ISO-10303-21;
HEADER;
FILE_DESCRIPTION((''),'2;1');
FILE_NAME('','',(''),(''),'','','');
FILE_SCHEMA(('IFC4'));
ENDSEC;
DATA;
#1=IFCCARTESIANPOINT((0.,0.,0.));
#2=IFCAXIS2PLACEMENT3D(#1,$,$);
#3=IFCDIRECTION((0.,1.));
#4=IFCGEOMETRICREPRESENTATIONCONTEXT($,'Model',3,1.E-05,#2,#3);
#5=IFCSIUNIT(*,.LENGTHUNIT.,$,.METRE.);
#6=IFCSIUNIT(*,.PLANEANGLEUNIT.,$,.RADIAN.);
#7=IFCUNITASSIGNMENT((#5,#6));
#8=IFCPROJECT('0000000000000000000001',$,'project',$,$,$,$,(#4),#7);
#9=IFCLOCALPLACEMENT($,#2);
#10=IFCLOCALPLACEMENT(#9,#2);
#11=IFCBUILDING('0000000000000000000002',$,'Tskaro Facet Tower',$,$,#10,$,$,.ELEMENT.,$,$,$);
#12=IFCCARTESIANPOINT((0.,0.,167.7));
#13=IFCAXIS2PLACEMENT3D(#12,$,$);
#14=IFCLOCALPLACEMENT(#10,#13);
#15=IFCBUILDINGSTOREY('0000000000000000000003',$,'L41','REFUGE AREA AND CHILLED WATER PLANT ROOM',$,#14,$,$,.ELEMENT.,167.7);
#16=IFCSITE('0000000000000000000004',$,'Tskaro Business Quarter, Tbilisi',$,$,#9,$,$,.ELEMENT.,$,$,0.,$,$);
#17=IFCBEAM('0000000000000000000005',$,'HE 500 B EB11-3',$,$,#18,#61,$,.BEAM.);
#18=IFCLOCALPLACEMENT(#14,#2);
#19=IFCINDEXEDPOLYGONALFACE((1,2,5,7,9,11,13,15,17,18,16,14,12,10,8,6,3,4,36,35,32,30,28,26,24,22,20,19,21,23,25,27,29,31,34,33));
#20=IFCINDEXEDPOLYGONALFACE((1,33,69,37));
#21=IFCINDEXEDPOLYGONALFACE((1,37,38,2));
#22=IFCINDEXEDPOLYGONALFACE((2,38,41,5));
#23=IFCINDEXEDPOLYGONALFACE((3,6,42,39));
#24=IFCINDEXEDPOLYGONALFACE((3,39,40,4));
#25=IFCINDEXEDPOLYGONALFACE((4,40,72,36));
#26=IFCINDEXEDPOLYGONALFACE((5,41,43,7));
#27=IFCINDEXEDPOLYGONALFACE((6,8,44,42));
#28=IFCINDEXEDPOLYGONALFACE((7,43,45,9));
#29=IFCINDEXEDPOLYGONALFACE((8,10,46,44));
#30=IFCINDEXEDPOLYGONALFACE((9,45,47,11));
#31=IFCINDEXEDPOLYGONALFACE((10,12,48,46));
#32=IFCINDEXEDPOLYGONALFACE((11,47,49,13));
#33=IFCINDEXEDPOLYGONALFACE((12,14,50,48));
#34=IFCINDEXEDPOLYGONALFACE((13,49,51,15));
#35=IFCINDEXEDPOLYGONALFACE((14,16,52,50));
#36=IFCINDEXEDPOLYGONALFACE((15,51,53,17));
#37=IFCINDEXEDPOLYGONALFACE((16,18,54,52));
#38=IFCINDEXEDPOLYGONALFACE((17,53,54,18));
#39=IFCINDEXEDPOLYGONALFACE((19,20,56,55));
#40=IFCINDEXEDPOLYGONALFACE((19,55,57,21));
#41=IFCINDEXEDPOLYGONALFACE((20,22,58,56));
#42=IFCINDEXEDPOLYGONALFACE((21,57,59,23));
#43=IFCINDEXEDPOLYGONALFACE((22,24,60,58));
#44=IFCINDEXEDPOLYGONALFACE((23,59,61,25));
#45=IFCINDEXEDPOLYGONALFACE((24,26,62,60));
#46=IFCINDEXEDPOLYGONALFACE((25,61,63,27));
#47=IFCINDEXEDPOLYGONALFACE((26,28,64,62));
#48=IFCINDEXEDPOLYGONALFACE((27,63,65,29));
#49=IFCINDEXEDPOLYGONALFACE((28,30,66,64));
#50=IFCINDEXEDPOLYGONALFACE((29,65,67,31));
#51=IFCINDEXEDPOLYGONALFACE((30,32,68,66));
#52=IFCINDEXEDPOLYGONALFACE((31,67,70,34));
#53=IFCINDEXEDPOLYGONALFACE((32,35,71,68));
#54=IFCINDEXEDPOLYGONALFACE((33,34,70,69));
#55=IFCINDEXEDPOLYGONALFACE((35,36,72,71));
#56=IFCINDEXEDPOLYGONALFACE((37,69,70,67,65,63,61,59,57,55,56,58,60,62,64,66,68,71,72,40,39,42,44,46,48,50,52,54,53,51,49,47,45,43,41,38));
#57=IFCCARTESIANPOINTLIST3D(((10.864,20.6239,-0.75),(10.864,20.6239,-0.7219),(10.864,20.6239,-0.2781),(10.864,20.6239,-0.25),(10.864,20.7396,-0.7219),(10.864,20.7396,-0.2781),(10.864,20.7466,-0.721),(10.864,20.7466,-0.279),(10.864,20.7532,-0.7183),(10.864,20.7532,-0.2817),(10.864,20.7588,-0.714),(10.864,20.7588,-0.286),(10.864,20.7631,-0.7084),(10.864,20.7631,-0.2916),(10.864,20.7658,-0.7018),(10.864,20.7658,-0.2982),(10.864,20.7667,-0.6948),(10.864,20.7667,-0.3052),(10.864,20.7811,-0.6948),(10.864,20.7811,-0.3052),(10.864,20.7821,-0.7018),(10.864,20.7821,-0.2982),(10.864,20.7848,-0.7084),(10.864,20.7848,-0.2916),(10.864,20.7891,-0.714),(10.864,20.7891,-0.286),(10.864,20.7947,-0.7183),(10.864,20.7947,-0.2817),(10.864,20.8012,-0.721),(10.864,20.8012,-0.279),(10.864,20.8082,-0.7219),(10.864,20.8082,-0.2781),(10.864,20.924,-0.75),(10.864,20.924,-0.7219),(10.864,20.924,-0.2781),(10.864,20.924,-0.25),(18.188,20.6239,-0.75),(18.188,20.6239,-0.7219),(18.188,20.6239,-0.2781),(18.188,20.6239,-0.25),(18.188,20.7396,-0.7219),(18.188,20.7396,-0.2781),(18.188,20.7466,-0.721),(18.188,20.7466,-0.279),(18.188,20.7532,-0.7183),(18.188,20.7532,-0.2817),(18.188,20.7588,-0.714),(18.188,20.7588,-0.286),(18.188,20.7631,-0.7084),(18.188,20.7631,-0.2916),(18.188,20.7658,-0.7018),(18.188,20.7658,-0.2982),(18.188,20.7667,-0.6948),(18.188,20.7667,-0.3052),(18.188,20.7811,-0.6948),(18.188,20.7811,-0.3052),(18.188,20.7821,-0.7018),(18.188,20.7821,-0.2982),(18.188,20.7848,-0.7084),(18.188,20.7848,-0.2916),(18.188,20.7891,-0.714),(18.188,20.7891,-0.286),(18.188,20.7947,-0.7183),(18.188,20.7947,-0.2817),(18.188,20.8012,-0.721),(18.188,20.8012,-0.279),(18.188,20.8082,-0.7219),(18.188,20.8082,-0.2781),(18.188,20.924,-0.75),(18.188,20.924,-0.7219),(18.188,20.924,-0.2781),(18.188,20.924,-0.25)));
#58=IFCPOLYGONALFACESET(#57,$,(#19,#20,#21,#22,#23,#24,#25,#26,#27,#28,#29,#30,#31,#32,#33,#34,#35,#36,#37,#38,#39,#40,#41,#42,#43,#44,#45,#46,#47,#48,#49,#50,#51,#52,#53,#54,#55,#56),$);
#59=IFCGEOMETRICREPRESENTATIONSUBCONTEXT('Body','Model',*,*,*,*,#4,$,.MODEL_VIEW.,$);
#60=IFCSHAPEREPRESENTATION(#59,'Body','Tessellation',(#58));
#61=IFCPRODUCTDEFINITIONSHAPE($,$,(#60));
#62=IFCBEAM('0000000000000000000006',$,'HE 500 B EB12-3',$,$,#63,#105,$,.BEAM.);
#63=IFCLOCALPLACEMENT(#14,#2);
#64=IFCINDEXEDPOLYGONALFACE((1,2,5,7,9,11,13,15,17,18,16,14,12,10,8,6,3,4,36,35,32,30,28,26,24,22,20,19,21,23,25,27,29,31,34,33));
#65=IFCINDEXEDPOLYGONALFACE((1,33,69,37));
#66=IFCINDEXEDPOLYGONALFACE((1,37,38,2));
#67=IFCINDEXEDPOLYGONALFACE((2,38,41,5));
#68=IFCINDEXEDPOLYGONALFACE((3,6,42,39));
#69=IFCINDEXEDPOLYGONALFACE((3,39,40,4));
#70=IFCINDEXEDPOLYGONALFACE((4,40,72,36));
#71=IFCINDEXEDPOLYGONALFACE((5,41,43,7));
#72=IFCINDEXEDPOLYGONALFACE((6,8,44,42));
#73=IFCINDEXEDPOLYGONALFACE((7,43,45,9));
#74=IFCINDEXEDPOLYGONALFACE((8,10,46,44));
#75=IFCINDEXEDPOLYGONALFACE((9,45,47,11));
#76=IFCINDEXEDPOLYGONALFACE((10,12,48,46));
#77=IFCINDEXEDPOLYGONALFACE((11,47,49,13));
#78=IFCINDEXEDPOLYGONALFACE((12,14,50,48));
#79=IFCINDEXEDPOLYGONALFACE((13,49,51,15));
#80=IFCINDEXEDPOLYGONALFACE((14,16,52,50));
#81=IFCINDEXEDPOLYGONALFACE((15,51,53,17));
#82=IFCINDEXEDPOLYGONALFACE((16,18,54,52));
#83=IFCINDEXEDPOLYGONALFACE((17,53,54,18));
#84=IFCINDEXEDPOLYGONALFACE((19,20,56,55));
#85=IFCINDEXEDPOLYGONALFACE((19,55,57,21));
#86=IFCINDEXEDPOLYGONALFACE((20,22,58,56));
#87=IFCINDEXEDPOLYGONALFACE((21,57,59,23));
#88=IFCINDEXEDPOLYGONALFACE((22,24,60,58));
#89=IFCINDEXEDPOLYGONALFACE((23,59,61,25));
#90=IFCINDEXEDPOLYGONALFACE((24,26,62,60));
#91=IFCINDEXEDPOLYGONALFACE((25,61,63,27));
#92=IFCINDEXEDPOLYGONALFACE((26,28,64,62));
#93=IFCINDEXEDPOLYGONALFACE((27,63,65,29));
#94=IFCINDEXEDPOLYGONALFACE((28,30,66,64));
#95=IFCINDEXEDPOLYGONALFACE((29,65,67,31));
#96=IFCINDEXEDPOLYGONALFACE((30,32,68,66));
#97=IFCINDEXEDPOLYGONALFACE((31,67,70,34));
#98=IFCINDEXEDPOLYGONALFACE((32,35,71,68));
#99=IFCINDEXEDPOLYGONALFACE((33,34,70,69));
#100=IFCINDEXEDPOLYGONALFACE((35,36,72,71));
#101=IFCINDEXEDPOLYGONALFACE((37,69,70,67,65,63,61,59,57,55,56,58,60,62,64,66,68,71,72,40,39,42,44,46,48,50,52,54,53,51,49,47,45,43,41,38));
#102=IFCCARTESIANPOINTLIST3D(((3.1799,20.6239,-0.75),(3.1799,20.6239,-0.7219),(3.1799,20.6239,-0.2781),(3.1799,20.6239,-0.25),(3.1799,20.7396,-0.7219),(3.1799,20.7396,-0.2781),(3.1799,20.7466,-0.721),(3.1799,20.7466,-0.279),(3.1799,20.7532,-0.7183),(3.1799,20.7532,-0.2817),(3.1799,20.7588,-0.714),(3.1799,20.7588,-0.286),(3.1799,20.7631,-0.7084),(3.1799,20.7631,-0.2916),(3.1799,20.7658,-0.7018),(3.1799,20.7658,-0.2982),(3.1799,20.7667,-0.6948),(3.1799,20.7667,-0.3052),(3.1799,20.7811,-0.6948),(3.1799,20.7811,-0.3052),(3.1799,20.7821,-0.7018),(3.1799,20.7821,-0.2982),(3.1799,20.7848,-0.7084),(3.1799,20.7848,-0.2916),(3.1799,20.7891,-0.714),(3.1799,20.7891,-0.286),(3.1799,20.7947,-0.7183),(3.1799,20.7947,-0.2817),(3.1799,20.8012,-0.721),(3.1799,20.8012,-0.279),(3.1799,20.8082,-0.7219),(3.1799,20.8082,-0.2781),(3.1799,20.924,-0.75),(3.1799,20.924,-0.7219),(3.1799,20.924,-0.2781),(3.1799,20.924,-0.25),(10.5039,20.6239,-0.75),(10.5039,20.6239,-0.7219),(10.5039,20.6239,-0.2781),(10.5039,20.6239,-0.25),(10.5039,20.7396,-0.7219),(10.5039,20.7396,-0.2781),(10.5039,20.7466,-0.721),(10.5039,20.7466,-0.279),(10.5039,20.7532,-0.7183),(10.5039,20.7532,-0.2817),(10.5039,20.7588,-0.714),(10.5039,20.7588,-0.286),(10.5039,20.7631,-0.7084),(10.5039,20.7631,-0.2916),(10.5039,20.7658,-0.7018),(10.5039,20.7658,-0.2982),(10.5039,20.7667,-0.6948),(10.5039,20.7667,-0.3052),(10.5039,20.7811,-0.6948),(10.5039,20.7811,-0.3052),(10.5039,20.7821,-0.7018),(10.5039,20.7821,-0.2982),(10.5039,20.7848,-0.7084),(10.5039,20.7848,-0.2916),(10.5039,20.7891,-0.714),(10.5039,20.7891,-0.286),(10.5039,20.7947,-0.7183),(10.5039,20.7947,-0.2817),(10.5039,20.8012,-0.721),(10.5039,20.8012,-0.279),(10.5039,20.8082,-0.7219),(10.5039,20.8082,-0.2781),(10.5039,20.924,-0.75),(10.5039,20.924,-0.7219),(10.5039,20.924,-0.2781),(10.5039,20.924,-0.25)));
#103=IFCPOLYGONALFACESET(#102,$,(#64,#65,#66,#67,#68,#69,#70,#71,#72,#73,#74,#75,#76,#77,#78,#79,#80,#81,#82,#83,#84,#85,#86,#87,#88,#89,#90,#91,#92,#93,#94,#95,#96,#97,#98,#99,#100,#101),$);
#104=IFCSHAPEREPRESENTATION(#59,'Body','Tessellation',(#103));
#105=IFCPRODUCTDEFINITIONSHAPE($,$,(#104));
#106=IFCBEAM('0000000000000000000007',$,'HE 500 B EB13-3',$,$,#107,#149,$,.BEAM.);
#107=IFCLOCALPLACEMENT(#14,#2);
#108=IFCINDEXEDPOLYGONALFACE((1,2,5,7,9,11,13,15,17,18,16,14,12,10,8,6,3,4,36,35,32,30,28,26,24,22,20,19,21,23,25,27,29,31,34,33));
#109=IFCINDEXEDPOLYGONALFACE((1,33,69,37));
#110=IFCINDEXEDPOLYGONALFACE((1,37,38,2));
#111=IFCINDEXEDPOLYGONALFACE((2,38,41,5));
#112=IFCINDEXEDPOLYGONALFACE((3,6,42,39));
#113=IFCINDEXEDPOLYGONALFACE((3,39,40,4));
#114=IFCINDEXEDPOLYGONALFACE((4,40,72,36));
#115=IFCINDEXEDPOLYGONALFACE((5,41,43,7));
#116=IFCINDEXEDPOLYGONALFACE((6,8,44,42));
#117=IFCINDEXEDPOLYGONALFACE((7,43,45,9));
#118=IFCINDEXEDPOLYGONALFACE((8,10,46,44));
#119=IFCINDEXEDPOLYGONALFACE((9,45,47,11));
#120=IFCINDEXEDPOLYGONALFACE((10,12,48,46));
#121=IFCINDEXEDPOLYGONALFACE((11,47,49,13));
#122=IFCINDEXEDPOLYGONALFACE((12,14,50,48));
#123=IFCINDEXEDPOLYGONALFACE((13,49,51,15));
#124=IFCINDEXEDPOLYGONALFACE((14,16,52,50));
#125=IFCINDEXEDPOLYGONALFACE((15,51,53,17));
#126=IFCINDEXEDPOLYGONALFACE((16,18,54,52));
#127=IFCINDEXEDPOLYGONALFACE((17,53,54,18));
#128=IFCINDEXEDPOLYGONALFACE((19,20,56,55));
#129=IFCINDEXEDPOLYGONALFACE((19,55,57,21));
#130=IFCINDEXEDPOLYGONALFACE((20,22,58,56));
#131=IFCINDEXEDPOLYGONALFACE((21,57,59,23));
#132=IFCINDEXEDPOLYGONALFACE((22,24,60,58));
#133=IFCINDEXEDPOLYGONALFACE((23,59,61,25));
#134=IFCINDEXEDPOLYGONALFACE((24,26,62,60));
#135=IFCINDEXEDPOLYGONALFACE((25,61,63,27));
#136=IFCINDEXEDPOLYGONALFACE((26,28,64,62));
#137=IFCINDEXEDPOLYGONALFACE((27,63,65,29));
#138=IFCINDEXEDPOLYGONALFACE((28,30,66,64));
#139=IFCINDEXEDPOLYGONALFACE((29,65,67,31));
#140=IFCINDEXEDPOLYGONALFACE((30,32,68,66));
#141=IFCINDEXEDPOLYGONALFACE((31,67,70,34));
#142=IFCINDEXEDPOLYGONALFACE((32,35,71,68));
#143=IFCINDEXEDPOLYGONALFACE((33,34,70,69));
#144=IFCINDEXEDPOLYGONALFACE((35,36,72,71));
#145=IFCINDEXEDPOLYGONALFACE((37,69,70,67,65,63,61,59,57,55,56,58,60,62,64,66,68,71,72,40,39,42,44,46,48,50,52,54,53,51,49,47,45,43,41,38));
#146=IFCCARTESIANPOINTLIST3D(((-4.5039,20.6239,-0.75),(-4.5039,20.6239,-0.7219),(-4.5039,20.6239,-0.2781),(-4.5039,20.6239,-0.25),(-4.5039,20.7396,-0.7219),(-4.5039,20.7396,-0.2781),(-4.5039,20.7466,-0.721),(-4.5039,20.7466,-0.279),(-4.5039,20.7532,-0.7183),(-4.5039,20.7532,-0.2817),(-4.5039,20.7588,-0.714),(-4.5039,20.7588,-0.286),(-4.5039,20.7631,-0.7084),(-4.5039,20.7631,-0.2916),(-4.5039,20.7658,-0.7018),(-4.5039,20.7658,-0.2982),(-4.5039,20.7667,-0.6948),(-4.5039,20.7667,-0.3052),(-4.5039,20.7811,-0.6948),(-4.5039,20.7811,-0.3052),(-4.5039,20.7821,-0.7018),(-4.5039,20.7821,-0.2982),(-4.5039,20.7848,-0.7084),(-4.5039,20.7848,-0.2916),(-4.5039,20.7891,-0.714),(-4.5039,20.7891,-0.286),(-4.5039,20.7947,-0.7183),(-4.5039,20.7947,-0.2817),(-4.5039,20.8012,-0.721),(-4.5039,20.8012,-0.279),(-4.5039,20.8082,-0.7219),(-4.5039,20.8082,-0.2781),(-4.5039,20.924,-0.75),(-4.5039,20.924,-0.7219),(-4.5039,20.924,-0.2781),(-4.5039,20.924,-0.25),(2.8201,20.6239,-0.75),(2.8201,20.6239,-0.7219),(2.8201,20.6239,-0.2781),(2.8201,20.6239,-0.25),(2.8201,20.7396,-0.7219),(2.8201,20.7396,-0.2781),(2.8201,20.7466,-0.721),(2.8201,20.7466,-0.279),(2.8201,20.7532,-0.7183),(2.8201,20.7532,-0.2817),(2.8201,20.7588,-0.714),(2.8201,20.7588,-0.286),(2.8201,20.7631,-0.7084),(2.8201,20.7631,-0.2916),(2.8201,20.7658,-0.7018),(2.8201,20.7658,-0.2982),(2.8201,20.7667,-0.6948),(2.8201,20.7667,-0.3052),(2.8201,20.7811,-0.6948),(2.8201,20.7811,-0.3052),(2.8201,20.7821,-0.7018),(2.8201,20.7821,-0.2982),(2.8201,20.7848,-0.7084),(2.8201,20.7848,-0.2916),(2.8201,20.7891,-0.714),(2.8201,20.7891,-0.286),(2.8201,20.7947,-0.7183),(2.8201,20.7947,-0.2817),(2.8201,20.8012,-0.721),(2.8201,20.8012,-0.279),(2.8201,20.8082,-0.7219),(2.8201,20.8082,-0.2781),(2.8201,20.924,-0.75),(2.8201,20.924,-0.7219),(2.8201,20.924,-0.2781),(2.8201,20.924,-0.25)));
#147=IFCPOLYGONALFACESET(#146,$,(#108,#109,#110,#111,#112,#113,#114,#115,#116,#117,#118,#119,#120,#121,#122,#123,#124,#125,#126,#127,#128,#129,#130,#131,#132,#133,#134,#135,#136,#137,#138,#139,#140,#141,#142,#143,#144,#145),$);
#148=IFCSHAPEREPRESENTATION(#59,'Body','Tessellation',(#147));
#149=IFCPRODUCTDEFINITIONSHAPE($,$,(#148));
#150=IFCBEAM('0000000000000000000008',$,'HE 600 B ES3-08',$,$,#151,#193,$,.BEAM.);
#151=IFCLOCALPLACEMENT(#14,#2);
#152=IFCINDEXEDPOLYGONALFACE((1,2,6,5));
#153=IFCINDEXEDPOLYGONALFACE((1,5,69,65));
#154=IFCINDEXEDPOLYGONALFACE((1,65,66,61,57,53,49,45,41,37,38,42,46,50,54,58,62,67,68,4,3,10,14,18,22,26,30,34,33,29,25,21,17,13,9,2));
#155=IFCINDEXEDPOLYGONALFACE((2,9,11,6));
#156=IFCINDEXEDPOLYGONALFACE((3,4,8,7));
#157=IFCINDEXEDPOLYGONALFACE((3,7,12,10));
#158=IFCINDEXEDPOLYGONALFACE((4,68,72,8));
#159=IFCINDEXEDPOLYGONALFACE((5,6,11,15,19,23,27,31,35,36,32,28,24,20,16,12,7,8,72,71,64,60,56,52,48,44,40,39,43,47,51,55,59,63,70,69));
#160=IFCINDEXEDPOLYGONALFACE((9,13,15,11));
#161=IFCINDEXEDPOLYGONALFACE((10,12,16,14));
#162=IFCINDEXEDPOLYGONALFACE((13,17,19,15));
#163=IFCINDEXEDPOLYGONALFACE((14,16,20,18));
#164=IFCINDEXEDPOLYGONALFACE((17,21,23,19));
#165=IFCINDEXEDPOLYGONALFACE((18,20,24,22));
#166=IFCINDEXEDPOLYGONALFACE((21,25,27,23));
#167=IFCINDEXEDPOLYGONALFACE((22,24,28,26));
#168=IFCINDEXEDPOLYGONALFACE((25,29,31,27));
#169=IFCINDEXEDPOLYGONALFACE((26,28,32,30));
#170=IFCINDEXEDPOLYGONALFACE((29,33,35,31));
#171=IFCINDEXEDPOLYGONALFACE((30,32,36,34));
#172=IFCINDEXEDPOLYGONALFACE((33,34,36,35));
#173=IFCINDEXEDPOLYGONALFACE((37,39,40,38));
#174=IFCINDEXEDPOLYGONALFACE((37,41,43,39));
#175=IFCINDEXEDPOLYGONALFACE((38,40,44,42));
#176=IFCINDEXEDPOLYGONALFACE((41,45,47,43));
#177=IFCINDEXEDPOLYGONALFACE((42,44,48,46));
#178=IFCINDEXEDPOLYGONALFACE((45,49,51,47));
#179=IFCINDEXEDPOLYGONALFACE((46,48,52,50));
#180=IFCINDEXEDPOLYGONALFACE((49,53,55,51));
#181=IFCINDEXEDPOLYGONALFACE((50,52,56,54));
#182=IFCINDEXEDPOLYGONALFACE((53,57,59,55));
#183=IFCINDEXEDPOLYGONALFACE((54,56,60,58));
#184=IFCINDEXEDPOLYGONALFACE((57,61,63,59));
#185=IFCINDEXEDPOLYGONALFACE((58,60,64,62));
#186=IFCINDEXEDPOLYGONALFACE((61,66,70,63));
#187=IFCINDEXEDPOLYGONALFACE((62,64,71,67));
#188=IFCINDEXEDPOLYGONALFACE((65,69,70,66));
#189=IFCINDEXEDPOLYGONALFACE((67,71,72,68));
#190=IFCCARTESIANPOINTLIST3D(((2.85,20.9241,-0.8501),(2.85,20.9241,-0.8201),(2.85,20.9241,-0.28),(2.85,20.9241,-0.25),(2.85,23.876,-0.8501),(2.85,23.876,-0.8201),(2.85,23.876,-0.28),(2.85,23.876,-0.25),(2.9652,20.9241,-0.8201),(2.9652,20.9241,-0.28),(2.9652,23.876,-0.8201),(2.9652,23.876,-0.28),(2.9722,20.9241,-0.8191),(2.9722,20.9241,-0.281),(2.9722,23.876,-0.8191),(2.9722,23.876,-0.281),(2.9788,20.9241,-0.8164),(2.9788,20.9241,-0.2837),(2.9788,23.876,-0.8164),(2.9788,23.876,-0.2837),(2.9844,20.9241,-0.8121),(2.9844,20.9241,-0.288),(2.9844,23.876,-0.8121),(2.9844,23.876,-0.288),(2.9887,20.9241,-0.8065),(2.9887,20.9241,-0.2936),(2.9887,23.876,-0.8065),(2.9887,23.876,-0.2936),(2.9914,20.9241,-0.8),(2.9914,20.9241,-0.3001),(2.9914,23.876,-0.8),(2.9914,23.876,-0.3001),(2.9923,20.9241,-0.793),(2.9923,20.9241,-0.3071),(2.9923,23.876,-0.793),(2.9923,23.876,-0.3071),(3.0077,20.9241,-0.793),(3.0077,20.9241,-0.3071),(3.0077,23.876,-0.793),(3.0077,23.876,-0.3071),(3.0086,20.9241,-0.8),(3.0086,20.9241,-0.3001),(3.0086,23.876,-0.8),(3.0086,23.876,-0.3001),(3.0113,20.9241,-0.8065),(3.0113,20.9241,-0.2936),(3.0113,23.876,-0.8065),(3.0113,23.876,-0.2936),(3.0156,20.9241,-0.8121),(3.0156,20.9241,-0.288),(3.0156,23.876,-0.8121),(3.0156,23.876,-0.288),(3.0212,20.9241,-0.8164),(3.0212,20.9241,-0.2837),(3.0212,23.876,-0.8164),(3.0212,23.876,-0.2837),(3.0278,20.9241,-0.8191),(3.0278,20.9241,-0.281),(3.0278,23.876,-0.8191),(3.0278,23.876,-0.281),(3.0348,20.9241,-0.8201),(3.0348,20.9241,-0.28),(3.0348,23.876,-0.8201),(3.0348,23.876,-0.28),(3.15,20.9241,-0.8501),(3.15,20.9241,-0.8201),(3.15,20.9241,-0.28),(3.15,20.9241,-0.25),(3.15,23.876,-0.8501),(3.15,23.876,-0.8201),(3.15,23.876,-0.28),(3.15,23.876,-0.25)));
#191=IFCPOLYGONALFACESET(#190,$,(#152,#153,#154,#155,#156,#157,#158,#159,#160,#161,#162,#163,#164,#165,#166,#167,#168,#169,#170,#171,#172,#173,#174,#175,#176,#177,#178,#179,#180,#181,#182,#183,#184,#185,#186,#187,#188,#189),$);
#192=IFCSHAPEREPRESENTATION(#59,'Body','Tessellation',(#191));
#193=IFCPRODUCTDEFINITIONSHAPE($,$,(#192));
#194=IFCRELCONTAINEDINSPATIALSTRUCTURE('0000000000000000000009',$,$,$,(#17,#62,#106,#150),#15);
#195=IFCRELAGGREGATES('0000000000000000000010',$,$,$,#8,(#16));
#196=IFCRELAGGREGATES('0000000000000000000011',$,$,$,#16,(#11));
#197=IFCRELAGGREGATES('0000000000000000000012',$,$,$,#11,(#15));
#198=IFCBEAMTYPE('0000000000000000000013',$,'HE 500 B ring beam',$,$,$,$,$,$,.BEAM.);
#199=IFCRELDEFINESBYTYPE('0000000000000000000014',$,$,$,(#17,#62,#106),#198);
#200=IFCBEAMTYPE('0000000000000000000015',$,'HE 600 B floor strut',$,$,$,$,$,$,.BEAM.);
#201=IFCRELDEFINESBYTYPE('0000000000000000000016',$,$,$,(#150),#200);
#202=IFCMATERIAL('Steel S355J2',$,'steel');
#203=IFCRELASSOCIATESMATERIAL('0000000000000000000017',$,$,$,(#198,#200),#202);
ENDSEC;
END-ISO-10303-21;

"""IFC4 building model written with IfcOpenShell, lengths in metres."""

from ifc_helpers import new_model, si_unit, direction, frame, origin, origin_2d, place, context, subcontext, project, spatial, i_section, extrude, material, material_profile, profile_set, type_object, element, save


model = new_model("IFC4")

# Units and contexts
model_context = context("Model", 3, precision=1e-05, world=origin(), true_north=direction((0.0, 1.0)))
body_context = subcontext(model_context, "Body", "Model", "MODEL_VIEW")
ifc_project = project(units=[si_unit("LENGTHUNIT", "METRE"), si_unit("PLANEANGLEUNIT", "RADIAN")], contexts=[model_context])

# Site, building, storey
site_placement = place(None, origin())
site = spatial("IfcSite", under=ifc_project, at=site_placement, Name="Tskaro Business Quarter, Tbilisi", CompositionType="ELEMENT", RefElevation=0.0)
building_placement = place(site_placement, origin())
building = spatial("IfcBuilding", under=site, at=building_placement, Name="Tskaro Facet Tower", CompositionType="ELEMENT")
storey_placement = place(building_placement, frame((0.0, 0.0, 167.7)))
storey = spatial("IfcBuildingStorey", under=building, at=storey_placement, Name="L41", Description="REFUGE AREA AND CHILLED WATER PLANT ROOM", CompositionType="ELEMENT", Elevation=167.7)

# Shared definitions
ifc_material_1 = material(Name="Steel S355J2", Category="steel")

# Beams
ifc_material_profile_1 = material_profile(ifc_material_1, i_section(OverallWidth=0.3, OverallDepth=0.5, WebThickness=0.0144, FlangeThickness=0.0281, FilletRadius=0.0271, at=origin_2d()), Name="HE 500 B")
ifc_profile_set_1 = profile_set([ifc_material_profile_1], Name="Steel S355J2")
beam_type_1 = type_object("IfcBeamType", Name="HE 500 B ring beam", PredefinedType="BEAM", material=ifc_profile_set_1)
for number, where, z_axis, x_axis, name in (
    (1, (18.188, 20.7739, -0.5), (-1.0, 0.0, 0.0), (0.0, -1.0, 0.0), "HE 500 B EB11-3"),
    (2, (10.5039, 20.7739, -0.5), (-1.0, 0.0, 0.0), (0.0, -1.0, 0.0), "HE 500 B EB12-3"),
    (3, (2.8201, 20.7739, -0.5), (-1.0, 0.0, 0.0), (0.0, -1.0, 0.0), "HE 500 B EB13-3"),
):
    element("IfcBeam", number, at=place(storey_placement, frame(where, z_axis=z_axis, x_axis=x_axis)), inside=storey, type_object=beam_type_1, Name=name, PredefinedType="BEAM", context=body_context, shape_type="SweptSolid", body=[
        extrude(i_section(OverallWidth=0.3, OverallDepth=0.5, WebThickness=0.0144, FlangeThickness=0.0281, FilletRadius=0.0271, at=origin_2d()), origin(), (0.0, 0.0, 1.0), 7.324),
    ])
ifc_material_profile_2 = material_profile(ifc_material_1, i_section(OverallWidth=0.3, OverallDepth=0.6001, WebThickness=0.0154, FlangeThickness=0.03, FilletRadius=0.0271, at=origin_2d()), Name="HE 600 B")
ifc_profile_set_2 = profile_set([ifc_material_profile_2], Name="Steel S355J2")
beam_type_2 = type_object("IfcBeamType", Name="HE 600 B floor strut", PredefinedType="BEAM", material=ifc_profile_set_2)
beam_1_placement = place(storey_placement, frame((3.0, 23.876, -0.55), z_axis=(0.0, -1.0, 0.0), x_axis=(1.0, 0.0, 0.0)))
element("IfcBeam", 4, at=beam_1_placement, inside=storey, type_object=beam_type_2, Name="HE 600 B ES3-08", PredefinedType="BEAM", context=body_context, shape_type="SweptSolid", body=[
    extrude(i_section(OverallWidth=0.3, OverallDepth=0.6001, WebThickness=0.0154, FlangeThickness=0.03, FilletRadius=0.0271, at=origin_2d()), origin(), (0.0, 0.0, 1.0), 2.9519),
])

save(model, "model.ifc")
